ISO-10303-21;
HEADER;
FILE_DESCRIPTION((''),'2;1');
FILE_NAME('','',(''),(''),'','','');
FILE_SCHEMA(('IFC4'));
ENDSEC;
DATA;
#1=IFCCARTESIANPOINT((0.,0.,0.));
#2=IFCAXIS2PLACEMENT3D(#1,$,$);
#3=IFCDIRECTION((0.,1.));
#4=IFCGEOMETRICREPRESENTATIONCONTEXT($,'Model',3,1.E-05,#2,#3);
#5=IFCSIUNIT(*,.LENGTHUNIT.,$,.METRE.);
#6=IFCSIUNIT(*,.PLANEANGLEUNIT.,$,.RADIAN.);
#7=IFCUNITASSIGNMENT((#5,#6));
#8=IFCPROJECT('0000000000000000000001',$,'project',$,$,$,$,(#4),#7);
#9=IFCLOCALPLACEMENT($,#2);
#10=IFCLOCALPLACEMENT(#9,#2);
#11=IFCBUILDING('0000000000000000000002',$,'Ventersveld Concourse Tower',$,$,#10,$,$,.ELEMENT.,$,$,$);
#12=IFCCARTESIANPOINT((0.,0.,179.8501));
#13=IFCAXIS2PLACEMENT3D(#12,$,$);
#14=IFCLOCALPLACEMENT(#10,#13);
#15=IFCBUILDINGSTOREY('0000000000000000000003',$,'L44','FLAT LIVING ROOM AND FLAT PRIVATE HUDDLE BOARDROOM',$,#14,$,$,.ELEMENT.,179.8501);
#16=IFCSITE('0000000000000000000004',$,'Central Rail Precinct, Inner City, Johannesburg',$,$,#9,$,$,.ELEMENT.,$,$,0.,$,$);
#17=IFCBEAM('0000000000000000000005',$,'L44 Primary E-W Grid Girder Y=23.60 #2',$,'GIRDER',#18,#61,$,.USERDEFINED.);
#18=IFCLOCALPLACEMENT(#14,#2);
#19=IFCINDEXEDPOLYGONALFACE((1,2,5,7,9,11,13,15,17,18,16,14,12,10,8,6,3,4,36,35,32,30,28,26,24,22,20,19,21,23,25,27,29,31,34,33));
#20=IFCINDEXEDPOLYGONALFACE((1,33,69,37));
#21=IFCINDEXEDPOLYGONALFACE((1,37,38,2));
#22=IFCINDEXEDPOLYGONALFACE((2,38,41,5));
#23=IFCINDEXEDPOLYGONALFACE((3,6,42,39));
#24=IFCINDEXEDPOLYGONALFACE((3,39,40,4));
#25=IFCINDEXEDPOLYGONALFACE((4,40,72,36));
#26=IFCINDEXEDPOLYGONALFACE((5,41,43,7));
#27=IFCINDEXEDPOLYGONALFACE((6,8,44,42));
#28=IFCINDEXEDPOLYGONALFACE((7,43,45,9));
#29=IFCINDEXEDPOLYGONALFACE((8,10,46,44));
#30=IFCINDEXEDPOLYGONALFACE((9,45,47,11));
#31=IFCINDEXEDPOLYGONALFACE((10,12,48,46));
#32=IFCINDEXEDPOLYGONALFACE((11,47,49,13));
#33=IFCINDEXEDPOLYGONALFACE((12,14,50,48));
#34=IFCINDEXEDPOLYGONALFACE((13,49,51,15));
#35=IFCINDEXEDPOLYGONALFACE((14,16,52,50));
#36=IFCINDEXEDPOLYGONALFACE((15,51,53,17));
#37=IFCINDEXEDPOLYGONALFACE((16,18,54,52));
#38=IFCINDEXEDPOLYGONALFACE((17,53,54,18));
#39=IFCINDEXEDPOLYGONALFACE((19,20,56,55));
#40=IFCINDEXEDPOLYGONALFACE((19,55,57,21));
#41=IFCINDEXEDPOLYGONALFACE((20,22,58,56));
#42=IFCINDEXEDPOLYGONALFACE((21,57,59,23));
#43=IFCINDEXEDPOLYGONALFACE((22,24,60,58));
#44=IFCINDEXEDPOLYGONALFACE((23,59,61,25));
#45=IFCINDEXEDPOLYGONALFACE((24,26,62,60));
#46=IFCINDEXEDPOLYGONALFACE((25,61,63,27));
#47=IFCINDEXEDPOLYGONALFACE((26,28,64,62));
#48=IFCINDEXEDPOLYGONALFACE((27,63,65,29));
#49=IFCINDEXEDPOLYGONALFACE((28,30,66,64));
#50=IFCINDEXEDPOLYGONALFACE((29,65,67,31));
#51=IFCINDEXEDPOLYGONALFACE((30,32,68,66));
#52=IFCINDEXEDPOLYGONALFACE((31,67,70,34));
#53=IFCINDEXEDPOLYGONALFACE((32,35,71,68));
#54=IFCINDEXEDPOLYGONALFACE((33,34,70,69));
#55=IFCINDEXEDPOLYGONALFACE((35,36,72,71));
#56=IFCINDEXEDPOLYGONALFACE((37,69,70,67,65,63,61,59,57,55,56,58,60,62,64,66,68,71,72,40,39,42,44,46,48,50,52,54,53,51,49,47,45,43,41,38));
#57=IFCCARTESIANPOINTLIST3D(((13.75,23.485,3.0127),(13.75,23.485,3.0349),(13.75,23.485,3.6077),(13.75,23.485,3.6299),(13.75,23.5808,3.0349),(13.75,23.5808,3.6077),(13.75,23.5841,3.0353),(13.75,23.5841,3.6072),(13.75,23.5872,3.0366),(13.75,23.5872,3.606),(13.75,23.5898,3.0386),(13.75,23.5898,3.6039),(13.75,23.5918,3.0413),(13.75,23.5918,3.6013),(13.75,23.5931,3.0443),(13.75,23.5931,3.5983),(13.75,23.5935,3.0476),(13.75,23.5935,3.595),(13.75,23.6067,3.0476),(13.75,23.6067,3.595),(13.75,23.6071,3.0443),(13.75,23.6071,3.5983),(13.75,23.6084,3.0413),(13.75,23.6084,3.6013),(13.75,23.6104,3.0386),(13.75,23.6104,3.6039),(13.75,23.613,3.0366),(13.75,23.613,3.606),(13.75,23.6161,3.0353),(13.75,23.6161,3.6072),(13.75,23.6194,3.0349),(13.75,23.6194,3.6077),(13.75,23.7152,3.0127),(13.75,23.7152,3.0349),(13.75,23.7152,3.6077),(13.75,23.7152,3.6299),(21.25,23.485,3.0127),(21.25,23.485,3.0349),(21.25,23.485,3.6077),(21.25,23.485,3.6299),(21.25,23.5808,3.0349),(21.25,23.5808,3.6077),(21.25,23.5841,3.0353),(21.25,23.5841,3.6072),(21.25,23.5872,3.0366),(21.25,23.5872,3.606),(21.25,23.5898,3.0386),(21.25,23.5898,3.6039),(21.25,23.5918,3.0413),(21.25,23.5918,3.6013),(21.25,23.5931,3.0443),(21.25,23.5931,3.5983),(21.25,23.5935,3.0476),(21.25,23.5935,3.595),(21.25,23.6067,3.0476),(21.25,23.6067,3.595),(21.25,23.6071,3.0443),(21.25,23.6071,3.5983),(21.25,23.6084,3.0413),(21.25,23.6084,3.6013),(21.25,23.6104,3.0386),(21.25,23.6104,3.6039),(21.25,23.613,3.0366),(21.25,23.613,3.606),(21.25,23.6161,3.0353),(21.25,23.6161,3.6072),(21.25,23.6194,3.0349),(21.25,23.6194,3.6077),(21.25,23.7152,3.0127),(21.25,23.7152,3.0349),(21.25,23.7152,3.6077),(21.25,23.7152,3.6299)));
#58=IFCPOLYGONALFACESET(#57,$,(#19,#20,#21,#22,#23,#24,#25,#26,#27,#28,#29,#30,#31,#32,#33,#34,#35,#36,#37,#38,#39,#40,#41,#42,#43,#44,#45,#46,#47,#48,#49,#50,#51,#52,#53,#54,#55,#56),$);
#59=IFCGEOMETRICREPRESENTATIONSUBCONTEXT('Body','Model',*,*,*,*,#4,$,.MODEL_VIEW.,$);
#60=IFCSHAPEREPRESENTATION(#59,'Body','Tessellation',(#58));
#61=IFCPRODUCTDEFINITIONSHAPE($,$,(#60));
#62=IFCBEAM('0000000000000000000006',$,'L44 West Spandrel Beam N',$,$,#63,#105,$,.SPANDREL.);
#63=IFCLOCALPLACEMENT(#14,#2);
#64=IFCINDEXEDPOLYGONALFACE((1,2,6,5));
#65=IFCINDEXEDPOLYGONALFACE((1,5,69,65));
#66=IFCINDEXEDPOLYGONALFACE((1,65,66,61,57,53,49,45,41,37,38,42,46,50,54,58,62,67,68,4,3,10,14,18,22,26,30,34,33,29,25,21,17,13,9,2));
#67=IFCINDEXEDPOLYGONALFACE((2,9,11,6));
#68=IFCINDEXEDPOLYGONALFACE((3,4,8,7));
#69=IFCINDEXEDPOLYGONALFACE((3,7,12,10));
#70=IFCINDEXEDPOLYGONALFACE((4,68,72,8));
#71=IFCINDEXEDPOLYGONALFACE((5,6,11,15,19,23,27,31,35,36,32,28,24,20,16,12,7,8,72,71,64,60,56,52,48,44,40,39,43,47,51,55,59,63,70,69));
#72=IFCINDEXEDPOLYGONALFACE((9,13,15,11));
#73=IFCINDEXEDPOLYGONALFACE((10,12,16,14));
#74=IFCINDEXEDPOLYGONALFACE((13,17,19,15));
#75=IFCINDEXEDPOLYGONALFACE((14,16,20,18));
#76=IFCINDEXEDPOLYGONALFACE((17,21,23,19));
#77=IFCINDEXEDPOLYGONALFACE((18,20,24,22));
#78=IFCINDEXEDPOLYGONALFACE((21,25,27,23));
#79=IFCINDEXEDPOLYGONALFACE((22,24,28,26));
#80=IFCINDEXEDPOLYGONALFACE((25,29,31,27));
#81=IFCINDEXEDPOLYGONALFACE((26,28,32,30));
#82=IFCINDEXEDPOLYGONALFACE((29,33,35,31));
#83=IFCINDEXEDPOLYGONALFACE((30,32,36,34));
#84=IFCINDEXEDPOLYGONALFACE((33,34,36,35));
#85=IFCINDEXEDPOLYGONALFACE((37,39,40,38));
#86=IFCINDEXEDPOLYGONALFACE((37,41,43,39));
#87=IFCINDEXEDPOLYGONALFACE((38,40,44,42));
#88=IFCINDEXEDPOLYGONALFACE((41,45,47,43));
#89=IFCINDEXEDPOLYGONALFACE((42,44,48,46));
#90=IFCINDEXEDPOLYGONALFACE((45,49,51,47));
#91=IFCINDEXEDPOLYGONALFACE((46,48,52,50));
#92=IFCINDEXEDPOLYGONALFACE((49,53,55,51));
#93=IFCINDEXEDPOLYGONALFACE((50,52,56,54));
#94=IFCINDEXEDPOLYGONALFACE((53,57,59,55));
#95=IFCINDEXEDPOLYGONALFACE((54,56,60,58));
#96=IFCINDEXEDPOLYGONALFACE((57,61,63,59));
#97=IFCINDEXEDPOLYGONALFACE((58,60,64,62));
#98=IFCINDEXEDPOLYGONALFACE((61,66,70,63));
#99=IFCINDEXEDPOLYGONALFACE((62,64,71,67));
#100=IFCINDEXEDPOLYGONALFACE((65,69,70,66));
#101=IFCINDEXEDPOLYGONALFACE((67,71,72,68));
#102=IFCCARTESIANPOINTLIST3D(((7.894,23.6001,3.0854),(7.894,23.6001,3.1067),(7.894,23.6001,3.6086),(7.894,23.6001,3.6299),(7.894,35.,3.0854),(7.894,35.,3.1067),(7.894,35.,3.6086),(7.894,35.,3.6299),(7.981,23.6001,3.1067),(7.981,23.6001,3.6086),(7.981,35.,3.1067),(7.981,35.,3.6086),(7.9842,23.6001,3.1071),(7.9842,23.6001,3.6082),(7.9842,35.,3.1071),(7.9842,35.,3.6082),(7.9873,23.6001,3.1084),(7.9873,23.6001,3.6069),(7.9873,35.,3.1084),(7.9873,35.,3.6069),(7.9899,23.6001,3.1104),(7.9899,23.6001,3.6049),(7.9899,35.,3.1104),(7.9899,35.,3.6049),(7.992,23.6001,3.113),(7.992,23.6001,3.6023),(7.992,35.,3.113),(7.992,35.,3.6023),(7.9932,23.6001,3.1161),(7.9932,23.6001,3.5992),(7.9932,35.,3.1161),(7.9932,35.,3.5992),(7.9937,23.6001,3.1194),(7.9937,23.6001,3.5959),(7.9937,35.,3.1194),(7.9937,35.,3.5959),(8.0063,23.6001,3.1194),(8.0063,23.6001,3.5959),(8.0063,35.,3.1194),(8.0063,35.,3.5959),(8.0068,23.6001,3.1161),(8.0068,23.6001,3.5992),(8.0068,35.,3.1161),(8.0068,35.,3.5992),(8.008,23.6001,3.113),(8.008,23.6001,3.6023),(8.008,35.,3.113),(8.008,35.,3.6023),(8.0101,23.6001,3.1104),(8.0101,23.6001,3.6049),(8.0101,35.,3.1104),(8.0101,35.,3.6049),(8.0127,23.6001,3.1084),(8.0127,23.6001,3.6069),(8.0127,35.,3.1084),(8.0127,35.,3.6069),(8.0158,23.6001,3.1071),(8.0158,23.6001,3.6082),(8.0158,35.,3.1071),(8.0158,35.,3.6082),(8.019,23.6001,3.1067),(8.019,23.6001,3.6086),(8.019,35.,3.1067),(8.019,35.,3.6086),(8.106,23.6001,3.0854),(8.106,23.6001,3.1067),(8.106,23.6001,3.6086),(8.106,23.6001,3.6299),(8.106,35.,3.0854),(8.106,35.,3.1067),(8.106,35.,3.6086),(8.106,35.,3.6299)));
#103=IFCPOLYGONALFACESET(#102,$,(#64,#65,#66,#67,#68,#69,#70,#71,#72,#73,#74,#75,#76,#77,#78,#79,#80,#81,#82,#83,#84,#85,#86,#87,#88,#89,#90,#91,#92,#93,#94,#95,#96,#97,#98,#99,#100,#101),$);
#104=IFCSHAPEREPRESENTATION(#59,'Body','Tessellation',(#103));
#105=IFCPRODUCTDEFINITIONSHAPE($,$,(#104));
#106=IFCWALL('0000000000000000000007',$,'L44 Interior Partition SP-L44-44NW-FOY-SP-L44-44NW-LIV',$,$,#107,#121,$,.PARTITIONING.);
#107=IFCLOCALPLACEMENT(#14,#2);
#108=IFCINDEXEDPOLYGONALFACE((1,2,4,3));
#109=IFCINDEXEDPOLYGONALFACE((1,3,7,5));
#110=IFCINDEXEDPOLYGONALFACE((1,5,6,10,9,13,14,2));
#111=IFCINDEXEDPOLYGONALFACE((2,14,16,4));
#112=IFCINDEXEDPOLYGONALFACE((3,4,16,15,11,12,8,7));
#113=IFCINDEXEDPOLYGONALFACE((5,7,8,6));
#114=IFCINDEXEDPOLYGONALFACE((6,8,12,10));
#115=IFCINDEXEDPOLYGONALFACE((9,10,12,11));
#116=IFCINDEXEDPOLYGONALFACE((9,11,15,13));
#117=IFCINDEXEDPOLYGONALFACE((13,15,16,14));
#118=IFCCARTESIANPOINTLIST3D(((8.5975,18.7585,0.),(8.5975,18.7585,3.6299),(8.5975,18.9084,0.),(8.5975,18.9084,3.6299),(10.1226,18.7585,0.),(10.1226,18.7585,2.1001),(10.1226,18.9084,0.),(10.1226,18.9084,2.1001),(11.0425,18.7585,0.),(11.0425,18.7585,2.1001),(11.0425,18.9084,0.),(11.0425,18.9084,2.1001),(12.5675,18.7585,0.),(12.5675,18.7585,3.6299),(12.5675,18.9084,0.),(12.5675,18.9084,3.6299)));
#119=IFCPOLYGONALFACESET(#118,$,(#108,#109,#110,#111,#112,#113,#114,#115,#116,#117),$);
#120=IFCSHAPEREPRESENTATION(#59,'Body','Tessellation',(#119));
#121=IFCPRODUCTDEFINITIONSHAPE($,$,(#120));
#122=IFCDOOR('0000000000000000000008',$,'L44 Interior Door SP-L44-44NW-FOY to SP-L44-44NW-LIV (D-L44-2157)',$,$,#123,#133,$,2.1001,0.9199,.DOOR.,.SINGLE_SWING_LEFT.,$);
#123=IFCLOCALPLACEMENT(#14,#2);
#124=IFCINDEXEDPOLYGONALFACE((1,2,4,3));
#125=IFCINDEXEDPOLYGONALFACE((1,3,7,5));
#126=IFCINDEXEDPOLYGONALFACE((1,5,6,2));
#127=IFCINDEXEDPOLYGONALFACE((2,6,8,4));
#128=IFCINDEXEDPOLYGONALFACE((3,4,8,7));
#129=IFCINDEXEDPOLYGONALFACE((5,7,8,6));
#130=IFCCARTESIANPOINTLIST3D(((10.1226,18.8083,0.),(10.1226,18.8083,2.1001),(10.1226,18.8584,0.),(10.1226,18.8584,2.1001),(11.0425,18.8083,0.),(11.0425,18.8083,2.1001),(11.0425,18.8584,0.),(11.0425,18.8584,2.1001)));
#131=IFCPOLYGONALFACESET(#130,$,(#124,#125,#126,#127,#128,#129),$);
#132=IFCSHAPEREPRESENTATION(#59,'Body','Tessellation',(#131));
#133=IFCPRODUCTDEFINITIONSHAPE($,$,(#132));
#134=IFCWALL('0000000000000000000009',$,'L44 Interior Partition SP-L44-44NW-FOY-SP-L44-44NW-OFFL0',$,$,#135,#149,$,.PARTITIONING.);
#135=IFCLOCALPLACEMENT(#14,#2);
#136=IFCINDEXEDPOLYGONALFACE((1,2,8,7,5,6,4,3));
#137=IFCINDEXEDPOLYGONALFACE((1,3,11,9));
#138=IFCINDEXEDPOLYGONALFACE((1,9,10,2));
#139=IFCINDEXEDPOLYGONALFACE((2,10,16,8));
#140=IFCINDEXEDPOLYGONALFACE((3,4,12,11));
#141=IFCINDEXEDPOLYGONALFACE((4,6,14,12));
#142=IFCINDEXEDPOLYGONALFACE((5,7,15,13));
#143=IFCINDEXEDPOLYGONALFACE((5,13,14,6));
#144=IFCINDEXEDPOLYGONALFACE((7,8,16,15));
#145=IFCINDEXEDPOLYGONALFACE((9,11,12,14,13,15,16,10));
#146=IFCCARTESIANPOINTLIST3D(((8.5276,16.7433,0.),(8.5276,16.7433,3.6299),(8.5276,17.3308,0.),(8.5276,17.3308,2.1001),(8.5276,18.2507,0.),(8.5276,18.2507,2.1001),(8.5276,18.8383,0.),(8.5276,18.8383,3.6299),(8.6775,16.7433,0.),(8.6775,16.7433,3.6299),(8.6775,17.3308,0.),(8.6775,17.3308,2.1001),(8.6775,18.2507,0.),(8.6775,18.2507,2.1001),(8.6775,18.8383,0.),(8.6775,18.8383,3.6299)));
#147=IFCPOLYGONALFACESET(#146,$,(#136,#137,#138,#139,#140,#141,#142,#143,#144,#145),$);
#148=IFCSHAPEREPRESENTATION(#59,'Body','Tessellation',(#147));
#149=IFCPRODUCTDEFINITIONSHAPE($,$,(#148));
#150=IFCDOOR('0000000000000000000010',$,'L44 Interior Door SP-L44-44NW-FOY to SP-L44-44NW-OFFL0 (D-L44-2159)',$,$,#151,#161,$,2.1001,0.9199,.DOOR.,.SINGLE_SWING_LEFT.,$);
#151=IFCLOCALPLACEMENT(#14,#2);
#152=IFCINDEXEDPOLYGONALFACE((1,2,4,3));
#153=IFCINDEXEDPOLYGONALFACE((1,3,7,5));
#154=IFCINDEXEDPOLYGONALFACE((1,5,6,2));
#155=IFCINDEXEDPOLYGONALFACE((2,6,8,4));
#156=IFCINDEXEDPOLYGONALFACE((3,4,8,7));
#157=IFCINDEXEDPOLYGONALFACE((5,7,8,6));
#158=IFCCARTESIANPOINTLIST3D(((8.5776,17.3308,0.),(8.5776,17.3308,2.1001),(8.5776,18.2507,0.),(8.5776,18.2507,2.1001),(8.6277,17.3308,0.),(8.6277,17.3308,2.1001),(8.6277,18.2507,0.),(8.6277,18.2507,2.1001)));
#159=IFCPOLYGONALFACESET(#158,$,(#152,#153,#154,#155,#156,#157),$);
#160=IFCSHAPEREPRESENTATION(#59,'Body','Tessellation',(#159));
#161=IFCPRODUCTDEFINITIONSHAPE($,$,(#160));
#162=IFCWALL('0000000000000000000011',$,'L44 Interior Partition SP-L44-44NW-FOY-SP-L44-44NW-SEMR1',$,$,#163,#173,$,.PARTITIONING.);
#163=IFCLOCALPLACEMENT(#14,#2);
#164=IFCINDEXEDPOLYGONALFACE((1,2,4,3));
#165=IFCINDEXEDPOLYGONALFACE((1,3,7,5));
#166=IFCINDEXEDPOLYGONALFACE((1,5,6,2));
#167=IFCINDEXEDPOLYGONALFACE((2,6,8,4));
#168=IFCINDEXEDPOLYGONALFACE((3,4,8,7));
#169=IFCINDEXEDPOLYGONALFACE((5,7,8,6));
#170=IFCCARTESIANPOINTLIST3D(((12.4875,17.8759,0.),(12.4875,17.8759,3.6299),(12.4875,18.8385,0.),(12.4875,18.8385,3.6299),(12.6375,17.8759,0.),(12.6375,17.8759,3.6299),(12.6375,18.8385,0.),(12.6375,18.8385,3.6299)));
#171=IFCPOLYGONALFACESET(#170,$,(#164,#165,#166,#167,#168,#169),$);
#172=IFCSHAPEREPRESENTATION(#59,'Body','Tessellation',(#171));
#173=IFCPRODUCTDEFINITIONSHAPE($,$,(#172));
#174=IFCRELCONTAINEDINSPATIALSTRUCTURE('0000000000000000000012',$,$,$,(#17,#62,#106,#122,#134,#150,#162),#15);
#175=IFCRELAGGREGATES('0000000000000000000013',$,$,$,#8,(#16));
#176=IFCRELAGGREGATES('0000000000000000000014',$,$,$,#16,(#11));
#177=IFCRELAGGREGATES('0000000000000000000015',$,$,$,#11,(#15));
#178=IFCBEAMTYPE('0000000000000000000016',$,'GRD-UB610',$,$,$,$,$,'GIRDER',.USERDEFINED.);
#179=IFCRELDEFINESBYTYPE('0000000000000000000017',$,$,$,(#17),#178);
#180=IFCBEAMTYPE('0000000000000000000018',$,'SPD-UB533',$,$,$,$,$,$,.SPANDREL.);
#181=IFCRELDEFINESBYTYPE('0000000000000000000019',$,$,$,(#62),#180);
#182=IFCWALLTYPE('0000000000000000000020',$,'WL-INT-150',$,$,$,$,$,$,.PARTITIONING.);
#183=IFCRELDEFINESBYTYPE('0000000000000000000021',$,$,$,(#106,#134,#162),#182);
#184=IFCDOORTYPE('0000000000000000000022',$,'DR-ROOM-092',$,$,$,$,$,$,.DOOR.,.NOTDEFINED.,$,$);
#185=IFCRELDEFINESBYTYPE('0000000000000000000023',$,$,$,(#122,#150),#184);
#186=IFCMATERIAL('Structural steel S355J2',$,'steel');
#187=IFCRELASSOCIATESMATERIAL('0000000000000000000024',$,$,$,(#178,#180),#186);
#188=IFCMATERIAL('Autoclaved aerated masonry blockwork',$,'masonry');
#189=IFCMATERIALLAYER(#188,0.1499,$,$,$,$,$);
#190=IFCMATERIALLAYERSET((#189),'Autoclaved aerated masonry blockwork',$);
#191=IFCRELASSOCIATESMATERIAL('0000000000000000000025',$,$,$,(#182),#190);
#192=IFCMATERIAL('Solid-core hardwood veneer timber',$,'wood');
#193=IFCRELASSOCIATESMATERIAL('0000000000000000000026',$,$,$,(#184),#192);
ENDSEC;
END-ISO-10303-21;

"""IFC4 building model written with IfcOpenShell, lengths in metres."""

from ifc_helpers import new_model, si_unit, direction, frame, frame_2d, origin, origin_2d, place, context, subcontext, project, spatial, rectangle, i_section, extrude, material, layer, layer_set, material_profile, profile_set, type_object, element, fill, save


model = new_model("IFC4")

# Units and contexts
model_context = context("Model", 3, precision=1e-05, world=origin(), true_north=direction((0.0, 1.0)))
body_context = subcontext(model_context, "Body", "Model", "MODEL_VIEW")
ifc_project = project(units=[si_unit("LENGTHUNIT", "METRE"), si_unit("PLANEANGLEUNIT", "RADIAN")], contexts=[model_context])

# Site, building, storey
site_placement = place(None, origin())
site = spatial("IfcSite", under=ifc_project, at=site_placement, Name="Central Rail Precinct, Inner City, Johannesburg", CompositionType="ELEMENT", RefElevation=0.0)
building_placement = place(site_placement, origin())
building = spatial("IfcBuilding", under=site, at=building_placement, Name="Ventersveld Concourse Tower", CompositionType="ELEMENT")
storey_placement = place(building_placement, frame((0.0, 0.0, 179.8501)))
storey = spatial("IfcBuildingStorey", under=building, at=storey_placement, Name="L44", Description="FLAT LIVING ROOM AND FLAT PRIVATE HUDDLE BOARDROOM", CompositionType="ELEMENT", Elevation=179.8501)

# Beams
ifc_material_1 = material(Name="Structural steel S355J2", Category="steel")
ifc_material_profile_1 = material_profile(ifc_material_1, i_section(OverallWidth=0.2302, OverallDepth=0.6172, WebThickness=0.0132, FlangeThickness=0.0222, FilletRadius=0.0127, at=origin_2d()), Name="UB 610x229x140")
ifc_profile_set_1 = profile_set([ifc_material_profile_1], Name="Structural steel S355J2")
beam_type_1 = type_object("IfcBeamType", Name="GRD-UB610", ElementType="GIRDER", PredefinedType="USERDEFINED", material=ifc_profile_set_1)
beam_1_placement = place(storey_placement, frame((13.75, 23.6001, 3.3213), z_axis=(1.0, 0.0, 0.0), x_axis=(0.0, 1.0, 0.0)))
element("IfcBeam", 1, at=beam_1_placement, inside=storey, type_object=beam_type_1, Name="L44 Primary E-W Grid Girder Y=23.60 #2", ObjectType="GIRDER", PredefinedType="USERDEFINED", context=body_context, shape_type="SweptSolid", body=[
    extrude(i_section(OverallWidth=0.2302, OverallDepth=0.6172, WebThickness=0.0132, FlangeThickness=0.0222, FilletRadius=0.0127, at=origin_2d()), origin(), (0.0, 0.0, 1.0), 7.5),
])
ifc_material_profile_2 = material_profile(ifc_material_1, i_section(OverallWidth=0.2119, OverallDepth=0.5444, WebThickness=0.0127, FlangeThickness=0.0212, FilletRadius=0.0127, at=origin_2d()), Name="UB 533x210x122")
ifc_profile_set_2 = profile_set([ifc_material_profile_2], Name="Structural steel S355J2")
beam_type_2 = type_object("IfcBeamType", Name="SPD-UB533", PredefinedType="SPANDREL", material=ifc_profile_set_2)
beam_2_placement = place(storey_placement, frame((8.0, 23.6001, 3.3577), z_axis=(0.0, 1.0, 0.0), x_axis=(-1.0, 0.0, 0.0)))
element("IfcBeam", 2, at=beam_2_placement, inside=storey, type_object=beam_type_2, Name="L44 West Spandrel Beam N", PredefinedType="SPANDREL", context=body_context, shape_type="SweptSolid", body=[
    extrude(i_section(OverallWidth=0.2119, OverallDepth=0.5444, WebThickness=0.0127, FlangeThickness=0.0212, FilletRadius=0.0127, at=origin_2d()), origin(), (0.0, 0.0, 1.0), 11.3999),
])

# Walls, openings, doors
ifc_material_2 = material(Name="Autoclaved aerated masonry blockwork", Category="masonry")
ifc_layer_1 = layer(ifc_material_2, 0.1499)
ifc_layer_set_1 = layer_set([ifc_layer_1], Name="Autoclaved aerated masonry blockwork")
wall_type_1 = type_object("IfcWallType", Name="WL-INT-150", PredefinedType="PARTITIONING", material=ifc_layer_set_1)
wall_1_placement = place(storey_placement, frame((8.5977, 18.8335, 0.0), z_axis=(0.0, 0.0, 1.0), x_axis=(1.0, 0.0, 0.0)))
wall_1 = element("IfcWall", 3, at=wall_1_placement, inside=storey, type_object=wall_type_1, Name="L44 Interior Partition SP-L44-44NW-FOY-SP-L44-44NW-LIV", PredefinedType="PARTITIONING", context=body_context, shape_type="SweptSolid", body=[
    extrude(rectangle(XDim=3.97, YDim=0.1499, at=frame_2d((1.9849, 0.0))), origin(), (0.0, 0.0, 1.0), 3.6299),
])
opening_1_placement = place(wall_1_placement, frame((1.5249, 0.0, 0.0)))
opening_1 = element("IfcOpeningElement", 4, at=opening_1_placement, cuts=wall_1, PredefinedType="OPENING", context=body_context, shape_type="SweptSolid", body=[
    extrude(rectangle(XDim=0.9199, YDim=2.1001, at=frame_2d((0.46, 1.05))), frame((0.0, 0.085, 0.0), z_axis=(0.0, -1.0, 0.0), x_axis=(1.0, 0.0, 0.0)), (0.0, 0.0, 1.0), 0.1699),
])
ifc_material_3 = material(Name="Solid-core hardwood veneer timber", Category="wood")
door_type = type_object("IfcDoorType", Name="DR-ROOM-092", OperationType="NOTDEFINED", PredefinedType="DOOR", material=ifc_material_3)
door_1_placement = place(opening_1_placement, origin())
door_1 = element("IfcDoor", 5, at=door_1_placement, inside=storey, type_object=door_type, Name="L44 Interior Door SP-L44-44NW-FOY to SP-L44-44NW-LIV (D-L44-2157)", OperationType="SINGLE_SWING_LEFT", OverallHeight=2.1001, OverallWidth=0.9199, PredefinedType="DOOR", context=body_context, shape_type="SweptSolid", body=[
    extrude(rectangle(XDim=0.9199, YDim=2.1001, at=frame_2d((0.46, 1.05))), frame((0.0, 0.0249, 0.0), z_axis=(0.0, -1.0, 0.0), x_axis=(1.0, 0.0, 0.0)), (0.0, 0.0, 1.0), 0.05),
])
fill(opening_1, door_1)
wall_2_placement = place(storey_placement, frame((8.6025, 16.7434, 0.0), z_axis=(0.0, 0.0, 1.0), x_axis=(0.0, 1.0, 0.0)))
wall_2 = element("IfcWall", 6, at=wall_2_placement, inside=storey, type_object=wall_type_1, Name="L44 Interior Partition SP-L44-44NW-FOY-SP-L44-44NW-OFFL0", PredefinedType="PARTITIONING", context=body_context, shape_type="SweptSolid", body=[
    extrude(rectangle(XDim=2.095, YDim=0.1499, at=frame_2d((1.0474, 0.0))), origin(), (0.0, 0.0, 1.0), 3.6299),
])
opening_2_placement = place(wall_2_placement, frame((0.5874, 0.0, 0.0)))
opening_2 = element("IfcOpeningElement", 7, at=opening_2_placement, cuts=wall_2, PredefinedType="OPENING", context=body_context, shape_type="SweptSolid", body=[
    extrude(rectangle(XDim=0.9199, YDim=2.1001, at=frame_2d((0.46, 1.05))), frame((0.0, 0.085, 0.0), z_axis=(0.0, -1.0, 0.0), x_axis=(1.0, 0.0, 0.0)), (0.0, 0.0, 1.0), 0.1699),
])
door_2_placement = place(opening_2_placement, origin())
door_2 = element("IfcDoor", 8, at=door_2_placement, inside=storey, type_object=door_type, Name="L44 Interior Door SP-L44-44NW-FOY to SP-L44-44NW-OFFL0 (D-L44-2159)", OperationType="SINGLE_SWING_LEFT", OverallHeight=2.1001, OverallWidth=0.9199, PredefinedType="DOOR", context=body_context, shape_type="SweptSolid", body=[
    extrude(rectangle(XDim=0.9199, YDim=2.1001, at=frame_2d((0.46, 1.05))), frame((0.0, 0.0249, 0.0), z_axis=(0.0, -1.0, 0.0), x_axis=(1.0, 0.0, 0.0)), (0.0, 0.0, 1.0), 0.05),
])
fill(opening_2, door_2)

# Wall
wall_3_placement = place(storey_placement, frame((12.5625, 17.8757, 0.0), z_axis=(0.0, 0.0, 1.0), x_axis=(0.0, 1.0, 0.0)))
element("IfcWall", 9, at=wall_3_placement, inside=storey, type_object=wall_type_1, Name="L44 Interior Partition SP-L44-44NW-FOY-SP-L44-44NW-SEMR1", PredefinedType="PARTITIONING", context=body_context, shape_type="SweptSolid", body=[
    extrude(rectangle(XDim=0.9626, YDim=0.1499, at=frame_2d((0.4814, 0.0))), origin(), (0.0, 0.0, 1.0), 3.6299),
])

save(model, "model.ifc")
